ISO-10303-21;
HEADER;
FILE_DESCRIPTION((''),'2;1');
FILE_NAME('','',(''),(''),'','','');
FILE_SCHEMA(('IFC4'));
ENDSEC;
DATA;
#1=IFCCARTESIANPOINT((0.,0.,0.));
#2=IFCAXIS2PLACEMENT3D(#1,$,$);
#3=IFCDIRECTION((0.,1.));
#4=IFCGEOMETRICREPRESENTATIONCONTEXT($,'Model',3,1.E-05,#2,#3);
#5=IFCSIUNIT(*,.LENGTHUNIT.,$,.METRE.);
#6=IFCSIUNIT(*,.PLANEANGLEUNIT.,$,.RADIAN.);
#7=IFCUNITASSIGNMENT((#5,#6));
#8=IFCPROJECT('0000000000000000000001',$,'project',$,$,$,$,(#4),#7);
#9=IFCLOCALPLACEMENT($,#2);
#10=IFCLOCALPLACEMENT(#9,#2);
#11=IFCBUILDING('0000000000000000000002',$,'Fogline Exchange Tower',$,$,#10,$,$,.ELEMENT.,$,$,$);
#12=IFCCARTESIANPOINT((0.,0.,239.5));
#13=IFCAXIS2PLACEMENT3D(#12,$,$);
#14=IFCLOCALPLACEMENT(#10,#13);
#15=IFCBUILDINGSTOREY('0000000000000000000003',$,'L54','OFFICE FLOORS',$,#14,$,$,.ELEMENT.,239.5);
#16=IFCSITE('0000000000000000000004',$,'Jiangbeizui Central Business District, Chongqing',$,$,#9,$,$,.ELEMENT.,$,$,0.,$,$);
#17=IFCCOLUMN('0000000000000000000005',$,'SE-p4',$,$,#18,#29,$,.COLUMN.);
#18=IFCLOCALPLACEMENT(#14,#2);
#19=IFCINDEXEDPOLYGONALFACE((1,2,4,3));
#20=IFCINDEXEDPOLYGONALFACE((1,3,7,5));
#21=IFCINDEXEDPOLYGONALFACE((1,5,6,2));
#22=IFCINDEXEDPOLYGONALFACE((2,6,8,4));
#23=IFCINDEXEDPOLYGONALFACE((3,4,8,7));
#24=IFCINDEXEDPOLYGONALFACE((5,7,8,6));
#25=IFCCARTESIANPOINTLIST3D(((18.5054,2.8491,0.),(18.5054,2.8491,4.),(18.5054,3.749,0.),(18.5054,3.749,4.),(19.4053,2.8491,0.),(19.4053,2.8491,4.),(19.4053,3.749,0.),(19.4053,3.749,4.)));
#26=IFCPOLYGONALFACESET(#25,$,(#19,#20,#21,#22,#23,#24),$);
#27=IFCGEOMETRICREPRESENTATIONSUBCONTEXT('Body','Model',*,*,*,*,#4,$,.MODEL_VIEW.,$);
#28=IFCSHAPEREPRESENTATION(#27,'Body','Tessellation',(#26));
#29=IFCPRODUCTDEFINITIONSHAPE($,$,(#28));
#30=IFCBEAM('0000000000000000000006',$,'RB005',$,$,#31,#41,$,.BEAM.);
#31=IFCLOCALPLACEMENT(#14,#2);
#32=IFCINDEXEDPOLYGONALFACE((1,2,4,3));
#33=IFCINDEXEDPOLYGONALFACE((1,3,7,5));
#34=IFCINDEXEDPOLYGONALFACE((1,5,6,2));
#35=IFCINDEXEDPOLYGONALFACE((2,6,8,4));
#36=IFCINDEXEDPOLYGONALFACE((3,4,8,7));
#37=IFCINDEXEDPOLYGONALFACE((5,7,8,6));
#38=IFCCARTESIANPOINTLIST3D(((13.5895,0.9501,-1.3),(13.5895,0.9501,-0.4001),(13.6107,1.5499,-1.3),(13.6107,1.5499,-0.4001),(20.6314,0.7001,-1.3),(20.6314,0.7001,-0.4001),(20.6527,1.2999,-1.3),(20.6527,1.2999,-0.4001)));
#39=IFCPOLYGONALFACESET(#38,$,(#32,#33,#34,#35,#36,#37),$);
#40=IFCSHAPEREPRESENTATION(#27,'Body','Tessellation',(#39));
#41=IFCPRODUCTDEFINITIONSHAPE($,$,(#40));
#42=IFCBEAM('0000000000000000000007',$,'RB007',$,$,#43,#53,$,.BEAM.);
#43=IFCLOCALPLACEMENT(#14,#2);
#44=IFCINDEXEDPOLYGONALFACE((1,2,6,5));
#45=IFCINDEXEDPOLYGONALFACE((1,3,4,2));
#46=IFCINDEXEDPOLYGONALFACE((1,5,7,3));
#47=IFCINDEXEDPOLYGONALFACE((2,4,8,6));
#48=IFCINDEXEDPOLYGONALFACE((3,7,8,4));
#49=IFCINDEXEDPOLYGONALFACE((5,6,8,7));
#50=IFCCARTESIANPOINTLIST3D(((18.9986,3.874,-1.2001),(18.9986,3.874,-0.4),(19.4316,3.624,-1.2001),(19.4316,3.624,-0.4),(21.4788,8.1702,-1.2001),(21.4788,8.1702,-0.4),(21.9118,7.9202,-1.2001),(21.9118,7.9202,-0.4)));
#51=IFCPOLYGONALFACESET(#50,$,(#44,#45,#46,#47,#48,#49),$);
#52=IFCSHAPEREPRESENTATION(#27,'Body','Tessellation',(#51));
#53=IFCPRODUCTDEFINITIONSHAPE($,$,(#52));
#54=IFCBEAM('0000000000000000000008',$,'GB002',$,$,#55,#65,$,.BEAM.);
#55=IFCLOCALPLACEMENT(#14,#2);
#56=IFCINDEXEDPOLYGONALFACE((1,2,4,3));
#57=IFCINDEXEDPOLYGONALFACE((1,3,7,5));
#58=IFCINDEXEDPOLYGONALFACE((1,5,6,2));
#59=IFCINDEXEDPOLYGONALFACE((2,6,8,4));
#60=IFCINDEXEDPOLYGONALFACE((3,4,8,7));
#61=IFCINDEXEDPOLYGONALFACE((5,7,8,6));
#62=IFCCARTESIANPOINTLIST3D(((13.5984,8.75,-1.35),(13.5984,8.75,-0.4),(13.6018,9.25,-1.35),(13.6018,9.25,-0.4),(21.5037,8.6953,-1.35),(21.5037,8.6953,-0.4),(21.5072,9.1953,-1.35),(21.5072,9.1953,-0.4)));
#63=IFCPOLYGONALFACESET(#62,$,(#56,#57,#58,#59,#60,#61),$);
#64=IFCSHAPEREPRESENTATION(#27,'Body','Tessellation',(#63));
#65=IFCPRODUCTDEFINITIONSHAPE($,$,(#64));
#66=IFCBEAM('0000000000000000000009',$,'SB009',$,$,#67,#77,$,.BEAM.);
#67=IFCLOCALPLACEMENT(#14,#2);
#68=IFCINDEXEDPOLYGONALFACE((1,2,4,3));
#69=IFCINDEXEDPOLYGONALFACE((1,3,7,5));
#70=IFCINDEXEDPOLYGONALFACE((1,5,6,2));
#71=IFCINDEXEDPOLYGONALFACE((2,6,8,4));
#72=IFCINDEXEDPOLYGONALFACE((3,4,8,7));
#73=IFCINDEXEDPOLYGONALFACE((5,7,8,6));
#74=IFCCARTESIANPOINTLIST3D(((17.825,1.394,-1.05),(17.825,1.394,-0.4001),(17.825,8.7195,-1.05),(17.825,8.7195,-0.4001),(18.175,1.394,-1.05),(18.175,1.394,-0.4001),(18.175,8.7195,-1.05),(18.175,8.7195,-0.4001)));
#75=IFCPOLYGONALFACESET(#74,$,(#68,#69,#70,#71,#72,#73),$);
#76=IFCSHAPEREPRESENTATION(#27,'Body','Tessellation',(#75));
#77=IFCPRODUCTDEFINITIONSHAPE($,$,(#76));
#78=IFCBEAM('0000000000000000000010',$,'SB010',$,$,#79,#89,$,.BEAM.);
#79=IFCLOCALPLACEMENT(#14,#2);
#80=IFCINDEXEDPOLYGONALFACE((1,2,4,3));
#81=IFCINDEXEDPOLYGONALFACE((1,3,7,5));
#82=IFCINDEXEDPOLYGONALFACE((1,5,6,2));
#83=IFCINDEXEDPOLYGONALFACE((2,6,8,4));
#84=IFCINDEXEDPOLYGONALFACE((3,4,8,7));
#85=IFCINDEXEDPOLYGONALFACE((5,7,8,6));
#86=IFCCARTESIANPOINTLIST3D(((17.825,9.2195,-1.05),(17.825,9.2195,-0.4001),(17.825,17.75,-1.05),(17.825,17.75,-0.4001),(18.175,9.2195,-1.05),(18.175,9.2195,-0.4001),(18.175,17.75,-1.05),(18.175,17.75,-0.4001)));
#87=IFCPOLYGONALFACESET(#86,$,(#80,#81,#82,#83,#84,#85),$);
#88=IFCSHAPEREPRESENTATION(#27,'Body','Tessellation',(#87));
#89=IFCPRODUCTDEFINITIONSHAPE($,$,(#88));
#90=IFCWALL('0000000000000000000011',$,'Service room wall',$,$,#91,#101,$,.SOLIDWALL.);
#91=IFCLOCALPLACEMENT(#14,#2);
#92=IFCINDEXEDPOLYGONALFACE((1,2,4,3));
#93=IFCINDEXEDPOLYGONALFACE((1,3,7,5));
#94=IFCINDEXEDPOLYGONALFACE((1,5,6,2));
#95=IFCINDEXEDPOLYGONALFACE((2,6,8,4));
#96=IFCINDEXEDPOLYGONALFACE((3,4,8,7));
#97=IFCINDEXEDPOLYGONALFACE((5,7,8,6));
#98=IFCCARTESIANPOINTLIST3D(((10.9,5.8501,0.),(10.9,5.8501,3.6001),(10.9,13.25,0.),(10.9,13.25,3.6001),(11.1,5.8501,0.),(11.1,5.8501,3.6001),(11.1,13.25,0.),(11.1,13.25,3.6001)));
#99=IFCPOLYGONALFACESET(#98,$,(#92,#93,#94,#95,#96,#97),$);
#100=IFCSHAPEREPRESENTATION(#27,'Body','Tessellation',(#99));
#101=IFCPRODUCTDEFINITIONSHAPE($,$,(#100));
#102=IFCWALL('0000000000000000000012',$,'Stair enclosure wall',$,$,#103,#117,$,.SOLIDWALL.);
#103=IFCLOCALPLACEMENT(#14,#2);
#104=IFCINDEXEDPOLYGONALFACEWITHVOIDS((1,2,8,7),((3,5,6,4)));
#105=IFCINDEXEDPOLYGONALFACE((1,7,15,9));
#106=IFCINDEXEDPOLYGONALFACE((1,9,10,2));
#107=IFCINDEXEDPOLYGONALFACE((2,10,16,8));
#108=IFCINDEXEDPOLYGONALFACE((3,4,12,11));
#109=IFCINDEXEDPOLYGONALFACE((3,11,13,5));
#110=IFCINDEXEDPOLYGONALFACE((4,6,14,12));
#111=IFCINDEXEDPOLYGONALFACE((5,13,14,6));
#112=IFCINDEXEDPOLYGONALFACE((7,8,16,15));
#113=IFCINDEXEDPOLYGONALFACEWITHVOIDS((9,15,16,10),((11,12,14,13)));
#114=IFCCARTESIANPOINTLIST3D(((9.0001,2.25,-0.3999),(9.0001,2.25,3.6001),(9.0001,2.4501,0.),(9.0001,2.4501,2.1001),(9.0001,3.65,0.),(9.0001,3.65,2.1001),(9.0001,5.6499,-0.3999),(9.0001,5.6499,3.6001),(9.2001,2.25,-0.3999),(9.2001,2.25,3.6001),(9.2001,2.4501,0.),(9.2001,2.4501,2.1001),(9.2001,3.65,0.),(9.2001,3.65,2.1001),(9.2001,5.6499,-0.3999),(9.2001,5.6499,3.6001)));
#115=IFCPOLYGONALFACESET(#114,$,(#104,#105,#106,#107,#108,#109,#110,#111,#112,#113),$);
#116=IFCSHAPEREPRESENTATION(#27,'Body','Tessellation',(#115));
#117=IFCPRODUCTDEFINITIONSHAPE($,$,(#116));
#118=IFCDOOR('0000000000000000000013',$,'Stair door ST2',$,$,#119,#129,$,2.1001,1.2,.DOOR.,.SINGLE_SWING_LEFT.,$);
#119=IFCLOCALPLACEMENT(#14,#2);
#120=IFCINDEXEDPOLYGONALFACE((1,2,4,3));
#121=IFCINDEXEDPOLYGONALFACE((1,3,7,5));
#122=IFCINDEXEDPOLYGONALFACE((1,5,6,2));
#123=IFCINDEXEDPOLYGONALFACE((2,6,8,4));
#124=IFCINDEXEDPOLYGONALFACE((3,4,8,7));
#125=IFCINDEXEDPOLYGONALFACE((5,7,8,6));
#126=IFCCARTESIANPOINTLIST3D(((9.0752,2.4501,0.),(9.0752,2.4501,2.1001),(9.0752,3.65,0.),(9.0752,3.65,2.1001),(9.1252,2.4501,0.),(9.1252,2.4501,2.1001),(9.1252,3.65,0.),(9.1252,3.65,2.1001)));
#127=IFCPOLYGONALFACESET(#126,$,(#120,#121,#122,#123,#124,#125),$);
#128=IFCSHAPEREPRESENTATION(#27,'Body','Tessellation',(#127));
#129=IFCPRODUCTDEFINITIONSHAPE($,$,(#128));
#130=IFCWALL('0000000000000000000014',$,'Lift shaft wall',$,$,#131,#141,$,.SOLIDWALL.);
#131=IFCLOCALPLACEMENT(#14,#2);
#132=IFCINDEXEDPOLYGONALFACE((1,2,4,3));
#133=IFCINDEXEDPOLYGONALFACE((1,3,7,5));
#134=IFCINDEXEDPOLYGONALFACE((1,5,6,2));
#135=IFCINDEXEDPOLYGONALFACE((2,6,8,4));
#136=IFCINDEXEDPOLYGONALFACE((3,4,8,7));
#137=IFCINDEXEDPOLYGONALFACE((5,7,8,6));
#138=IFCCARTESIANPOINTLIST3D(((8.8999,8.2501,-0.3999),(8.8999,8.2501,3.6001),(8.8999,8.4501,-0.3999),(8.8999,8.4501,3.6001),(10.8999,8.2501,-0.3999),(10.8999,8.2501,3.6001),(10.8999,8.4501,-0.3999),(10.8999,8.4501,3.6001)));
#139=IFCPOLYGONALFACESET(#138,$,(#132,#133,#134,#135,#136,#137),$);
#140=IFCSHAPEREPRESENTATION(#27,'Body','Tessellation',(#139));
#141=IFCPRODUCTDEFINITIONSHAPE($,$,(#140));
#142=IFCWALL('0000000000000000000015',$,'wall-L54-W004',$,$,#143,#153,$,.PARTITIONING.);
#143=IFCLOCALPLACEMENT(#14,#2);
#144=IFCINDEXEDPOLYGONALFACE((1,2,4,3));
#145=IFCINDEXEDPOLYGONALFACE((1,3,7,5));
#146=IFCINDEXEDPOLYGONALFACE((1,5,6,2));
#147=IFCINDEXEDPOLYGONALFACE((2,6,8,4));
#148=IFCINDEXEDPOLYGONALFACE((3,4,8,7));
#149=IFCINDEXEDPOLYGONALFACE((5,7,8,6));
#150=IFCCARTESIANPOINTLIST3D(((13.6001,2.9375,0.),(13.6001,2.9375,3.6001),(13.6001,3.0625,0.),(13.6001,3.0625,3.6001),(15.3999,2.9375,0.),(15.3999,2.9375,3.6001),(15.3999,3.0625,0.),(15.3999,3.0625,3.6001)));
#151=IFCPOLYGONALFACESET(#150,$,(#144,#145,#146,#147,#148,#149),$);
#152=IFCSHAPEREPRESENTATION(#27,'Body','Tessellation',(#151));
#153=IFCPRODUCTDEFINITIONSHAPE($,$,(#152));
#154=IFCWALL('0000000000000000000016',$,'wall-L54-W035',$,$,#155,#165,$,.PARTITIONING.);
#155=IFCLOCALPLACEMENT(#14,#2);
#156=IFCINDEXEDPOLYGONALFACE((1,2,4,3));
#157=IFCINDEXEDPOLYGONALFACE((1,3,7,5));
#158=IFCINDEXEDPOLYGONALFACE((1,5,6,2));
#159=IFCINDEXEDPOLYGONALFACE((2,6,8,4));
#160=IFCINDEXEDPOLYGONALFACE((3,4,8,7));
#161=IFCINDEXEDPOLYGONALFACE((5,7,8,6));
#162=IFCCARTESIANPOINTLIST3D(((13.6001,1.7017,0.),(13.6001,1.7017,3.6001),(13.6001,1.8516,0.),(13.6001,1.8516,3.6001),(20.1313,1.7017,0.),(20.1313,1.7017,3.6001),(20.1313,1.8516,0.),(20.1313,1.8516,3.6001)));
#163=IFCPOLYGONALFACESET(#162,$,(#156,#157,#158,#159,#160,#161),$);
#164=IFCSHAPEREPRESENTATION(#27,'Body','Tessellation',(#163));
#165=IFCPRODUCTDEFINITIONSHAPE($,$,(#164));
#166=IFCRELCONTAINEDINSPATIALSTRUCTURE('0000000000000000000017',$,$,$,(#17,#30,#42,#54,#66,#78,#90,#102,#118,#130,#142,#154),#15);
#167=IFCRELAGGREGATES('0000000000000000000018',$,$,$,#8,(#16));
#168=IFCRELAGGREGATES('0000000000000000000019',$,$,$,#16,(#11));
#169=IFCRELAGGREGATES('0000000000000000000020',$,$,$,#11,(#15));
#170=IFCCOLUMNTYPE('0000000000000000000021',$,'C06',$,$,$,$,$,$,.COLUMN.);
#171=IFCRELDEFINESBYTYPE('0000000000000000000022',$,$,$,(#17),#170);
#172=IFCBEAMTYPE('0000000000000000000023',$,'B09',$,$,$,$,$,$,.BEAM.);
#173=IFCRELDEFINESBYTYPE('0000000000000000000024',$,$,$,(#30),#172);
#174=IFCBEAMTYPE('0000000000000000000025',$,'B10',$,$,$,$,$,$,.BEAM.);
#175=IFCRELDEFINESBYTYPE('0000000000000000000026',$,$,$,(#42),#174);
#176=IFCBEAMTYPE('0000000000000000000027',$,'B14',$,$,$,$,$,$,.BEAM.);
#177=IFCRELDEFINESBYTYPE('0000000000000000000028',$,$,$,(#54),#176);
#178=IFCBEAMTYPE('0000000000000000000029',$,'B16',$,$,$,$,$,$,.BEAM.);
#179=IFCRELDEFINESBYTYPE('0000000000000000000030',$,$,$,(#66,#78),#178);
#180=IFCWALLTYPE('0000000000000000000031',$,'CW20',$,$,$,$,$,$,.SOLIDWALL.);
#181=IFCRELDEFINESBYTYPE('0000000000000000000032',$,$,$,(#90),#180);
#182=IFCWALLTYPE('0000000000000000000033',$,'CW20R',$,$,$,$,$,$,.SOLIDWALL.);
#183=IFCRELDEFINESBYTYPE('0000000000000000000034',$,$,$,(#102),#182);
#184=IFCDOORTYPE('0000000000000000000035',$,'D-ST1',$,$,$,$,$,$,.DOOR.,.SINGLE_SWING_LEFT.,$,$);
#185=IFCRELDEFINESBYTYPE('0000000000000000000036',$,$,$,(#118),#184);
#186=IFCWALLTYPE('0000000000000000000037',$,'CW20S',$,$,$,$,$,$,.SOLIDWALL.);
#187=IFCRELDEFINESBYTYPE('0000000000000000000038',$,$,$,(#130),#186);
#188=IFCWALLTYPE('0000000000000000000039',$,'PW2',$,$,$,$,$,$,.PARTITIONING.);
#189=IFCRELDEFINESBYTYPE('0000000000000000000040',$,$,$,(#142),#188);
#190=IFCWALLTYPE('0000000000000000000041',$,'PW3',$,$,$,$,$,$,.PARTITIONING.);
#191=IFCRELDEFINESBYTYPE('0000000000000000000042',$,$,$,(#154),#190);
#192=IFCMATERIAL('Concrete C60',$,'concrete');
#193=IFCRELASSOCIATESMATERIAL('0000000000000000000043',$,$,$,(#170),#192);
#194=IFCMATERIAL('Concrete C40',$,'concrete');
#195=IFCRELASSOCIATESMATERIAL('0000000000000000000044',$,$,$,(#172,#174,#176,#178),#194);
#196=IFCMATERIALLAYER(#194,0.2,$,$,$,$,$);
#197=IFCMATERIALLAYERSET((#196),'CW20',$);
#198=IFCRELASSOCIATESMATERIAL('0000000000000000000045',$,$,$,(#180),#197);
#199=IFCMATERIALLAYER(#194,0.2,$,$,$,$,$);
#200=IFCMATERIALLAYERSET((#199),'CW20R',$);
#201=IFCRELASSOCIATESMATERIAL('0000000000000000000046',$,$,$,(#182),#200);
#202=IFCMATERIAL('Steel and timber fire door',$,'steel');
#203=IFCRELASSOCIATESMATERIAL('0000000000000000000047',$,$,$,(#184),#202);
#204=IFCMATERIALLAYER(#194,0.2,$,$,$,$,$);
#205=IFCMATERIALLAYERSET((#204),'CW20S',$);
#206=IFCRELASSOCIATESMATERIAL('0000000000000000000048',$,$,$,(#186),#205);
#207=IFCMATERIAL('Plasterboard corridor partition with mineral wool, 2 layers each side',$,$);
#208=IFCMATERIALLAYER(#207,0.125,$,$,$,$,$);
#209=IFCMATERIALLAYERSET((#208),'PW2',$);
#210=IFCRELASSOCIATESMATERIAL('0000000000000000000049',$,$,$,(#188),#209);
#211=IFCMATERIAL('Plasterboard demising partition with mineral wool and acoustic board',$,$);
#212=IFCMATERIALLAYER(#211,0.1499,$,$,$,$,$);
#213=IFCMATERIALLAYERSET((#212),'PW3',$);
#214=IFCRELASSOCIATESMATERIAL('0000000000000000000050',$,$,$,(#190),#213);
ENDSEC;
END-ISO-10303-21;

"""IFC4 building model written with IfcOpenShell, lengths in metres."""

from ifc_helpers import new_model, si_unit, direction, frame, frame_2d, origin, origin_2d, place, context, subcontext, project, spatial, rectangle, extrude, material, layer, layer_set, material_profile, profile_set, type_object, element, fill, save


model = new_model("IFC4")

# Units and contexts
model_context = context("Model", 3, precision=1e-05, world=origin(), true_north=direction((0.0, 1.0)))
body_context = subcontext(model_context, "Body", "Model", "MODEL_VIEW")
ifc_project = project(units=[si_unit("LENGTHUNIT", "METRE"), si_unit("PLANEANGLEUNIT", "RADIAN")], contexts=[model_context])

# Site, building, storey
site_placement = place(None, origin())
site = spatial("IfcSite", under=ifc_project, at=site_placement, Name="Jiangbeizui Central Business District, Chongqing", CompositionType="ELEMENT", RefElevation=0.0)
building_placement = place(site_placement, origin())
building = spatial("IfcBuilding", under=site, at=building_placement, Name="Fogline Exchange Tower", CompositionType="ELEMENT")
storey_placement = place(building_placement, frame((0.0, 0.0, 239.5)))
storey = spatial("IfcBuildingStorey", under=building, at=storey_placement, Name="L54", Description="OFFICE FLOORS", CompositionType="ELEMENT", Elevation=239.5)

# Column
ifc_material_1 = material(Name="Concrete C60", Category="concrete")
ifc_material_profile_1 = material_profile(ifc_material_1, rectangle(XDim=0.8999, YDim=0.8999, at=origin_2d()), Name="RC 900x900")
ifc_profile_set_1 = profile_set([ifc_material_profile_1], Name="Concrete C60")
column_type = type_object("IfcColumnType", Name="C06", PredefinedType="COLUMN", material=ifc_profile_set_1)
column_placement = place(storey_placement, frame((18.9553, 3.2991, 0.0), z_axis=(0.0, 0.0, 1.0), x_axis=(1.0, 0.0, 0.0)))
element("IfcColumn", 1, at=column_placement, inside=storey, type_object=column_type, Name="SE-p4", PredefinedType="COLUMN", context=body_context, shape_type="SweptSolid", body=[
    extrude(rectangle(XDim=0.8999, YDim=0.8999, at=origin_2d()), origin(), (0.0, 0.0, 1.0), 4.0),
])

# Beams
ifc_material_2 = material(Name="Concrete C40", Category="concrete")
ifc_material_profile_2 = material_profile(ifc_material_2, rectangle(XDim=0.6001, YDim=0.8999, at=origin_2d()), Name="RC 600x900")
ifc_profile_set_2 = profile_set([ifc_material_profile_2], Name="Concrete C40")
beam_type_1 = type_object("IfcBeamType", Name="B09", PredefinedType="BEAM", material=ifc_profile_set_2)
beam_1_placement = place(storey_placement, frame((13.6001, 1.25, -0.8501), z_axis=(0.99937, -0.035479, 0.0), x_axis=(0.035479, 0.99937, 0.0)))
element("IfcBeam", 2, at=beam_1_placement, inside=storey, type_object=beam_type_1, Name="RB005", PredefinedType="BEAM", context=body_context, shape_type="SweptSolid", body=[
    extrude(rectangle(XDim=0.6001, YDim=0.8999, at=origin_2d()), origin(), (0.0, 0.0, 1.0), 7.0464),
])
ifc_material_profile_3 = material_profile(ifc_material_2, rectangle(XDim=0.5, YDim=0.8, at=origin_2d()), Name="RC 500x800")
ifc_profile_set_3 = profile_set([ifc_material_profile_3], Name="Concrete C40")
beam_type_2 = type_object("IfcBeamType", Name="B10", PredefinedType="BEAM", material=ifc_profile_set_3)
beam_2_placement = place(storey_placement, frame((19.2151, 3.749, -0.8), z_axis=(0.499977, 0.866039, 0.0), x_axis=(-0.866039, 0.499977, 0.0)))
element("IfcBeam", 3, at=beam_2_placement, inside=storey, type_object=beam_type_2, Name="RB007", PredefinedType="BEAM", context=body_context, shape_type="SweptSolid", body=[
    extrude(rectangle(XDim=0.5, YDim=0.8, at=origin_2d()), origin(), (0.0, 0.0, 1.0), 4.9607),
])
ifc_material_profile_4 = material_profile(ifc_material_2, rectangle(XDim=0.5, YDim=0.95, at=origin_2d()), Name="RC 500x950")
ifc_profile_set_4 = profile_set([ifc_material_profile_4], Name="Concrete C40")
beam_type_3 = type_object("IfcBeamType", Name="B14", PredefinedType="BEAM", material=ifc_profile_set_4)
beam_3_placement = place(storey_placement, frame((13.6001, 9.0, -0.875), z_axis=(0.999976, -0.006918, 0.0), x_axis=(0.006918, 0.999976, 0.0)))
element("IfcBeam", 4, at=beam_3_placement, inside=storey, type_object=beam_type_3, Name="GB002", PredefinedType="BEAM", context=body_context, shape_type="SweptSolid", body=[
    extrude(rectangle(XDim=0.5, YDim=0.95, at=origin_2d()), origin(), (0.0, 0.0, 1.0), 7.9055),
])
ifc_material_profile_5 = material_profile(ifc_material_2, rectangle(XDim=0.3501, YDim=0.6499, at=origin_2d()), Name="RC 350x650")
ifc_profile_set_5 = profile_set([ifc_material_profile_5], Name="Concrete C40")
beam_type_4 = type_object("IfcBeamType", Name="B16", PredefinedType="BEAM", material=ifc_profile_set_5)
beam_4_placement = place(storey_placement, frame((18.0, 1.394, -0.7251), z_axis=(0.0, 1.0, 0.0), x_axis=(-1.0, 0.0, 0.0)))
element("IfcBeam", 5, at=beam_4_placement, inside=storey, type_object=beam_type_4, Name="SB009", PredefinedType="BEAM", context=body_context, shape_type="SweptSolid", body=[
    extrude(rectangle(XDim=0.3501, YDim=0.6499, at=origin_2d()), origin(), (0.0, 0.0, 1.0), 7.3254),
])
beam_5_placement = place(storey_placement, frame((18.0, 9.2195, -0.7251), z_axis=(0.0, 1.0, 0.0), x_axis=(-1.0, 0.0, 0.0)))
element("IfcBeam", 6, at=beam_5_placement, inside=storey, type_object=beam_type_4, Name="SB010", PredefinedType="BEAM", context=body_context, shape_type="SweptSolid", body=[
    extrude(rectangle(XDim=0.3501, YDim=0.6499, at=origin_2d()), origin(), (0.0, 0.0, 1.0), 8.5305),
])

# Wall
ifc_layer_1 = layer(ifc_material_2, 0.2)
ifc_layer_set_1 = layer_set([ifc_layer_1], Name="CW20")
wall_type_1 = type_object("IfcWallType", Name="CW20", PredefinedType="SOLIDWALL", material=ifc_layer_set_1)
wall_1_placement = place(storey_placement, frame((11.0, 5.8501, 0.0), z_axis=(0.0, 0.0, 1.0), x_axis=(0.0, 1.0, 0.0)))
element("IfcWall", 7, at=wall_1_placement, inside=storey, type_object=wall_type_1, Name="Service room wall", PredefinedType="SOLIDWALL", context=body_context, shape_type="SweptSolid", body=[
    extrude(rectangle(XDim=7.3999, YDim=0.2, at=frame_2d((3.7, 0.0))), origin(), (0.0, 0.0, 1.0), 3.6001),
])

# Wall, opening, door
ifc_layer_2 = layer(ifc_material_2, 0.2)
ifc_layer_set_2 = layer_set([ifc_layer_2], Name="CW20R")
wall_type_2 = type_object("IfcWallType", Name="CW20R", PredefinedType="SOLIDWALL", material=ifc_layer_set_2)
wall_2_placement = place(storey_placement, frame((9.1001, 2.25, -0.3999), z_axis=(0.0, 0.0, 1.0), x_axis=(0.0, 1.0, 0.0)))
wall_2 = element("IfcWall", 8, at=wall_2_placement, inside=storey, type_object=wall_type_2, Name="Stair enclosure wall", PredefinedType="SOLIDWALL", context=body_context, shape_type="SweptSolid", body=[
    extrude(rectangle(XDim=3.3999, YDim=0.2, at=frame_2d((1.7, 0.0))), origin(), (0.0, 0.0, 1.0), 4.0),
])
opening_1_placement = place(wall_2_placement, frame((0.2, 0.0, 0.3999)))
opening_1 = element("IfcOpeningElement", 9, at=opening_1_placement, cuts=wall_2, PredefinedType="OPENING", context=body_context, shape_type="SweptSolid", body=[
    extrude(rectangle(XDim=1.2, YDim=2.1001, at=frame_2d((0.6001, 1.05))), frame((0.0, 0.1099, 0.0), z_axis=(0.0, -1.0, 0.0), x_axis=(1.0, 0.0, 0.0)), (0.0, 0.0, 1.0), 0.22),
])
ifc_material_3 = material(Name="Steel and timber fire door", Category="steel")
door_type_1 = type_object("IfcDoorType", Name="D-ST1", OperationType="SINGLE_SWING_LEFT", PredefinedType="DOOR", material=ifc_material_3)
door_1_placement = place(opening_1_placement, origin())
door_1 = element("IfcDoor", 10, at=door_1_placement, inside=storey, type_object=door_type_1, Name="Stair door ST2", OperationType="SINGLE_SWING_LEFT", OverallHeight=2.1001, OverallWidth=1.2, PredefinedType="DOOR", context=body_context, shape_type="SweptSolid", body=[
    extrude(rectangle(XDim=1.2, YDim=2.1001, at=frame_2d((0.6001, 1.05))), frame((0.0, 0.0249, 0.0), z_axis=(0.0, -1.0, 0.0), x_axis=(1.0, 0.0, 0.0)), (0.0, 0.0, 1.0), 0.05),
])
fill(opening_1, door_1)

# Walls
ifc_layer_3 = layer(ifc_material_2, 0.2)
ifc_layer_set_3 = layer_set([ifc_layer_3], Name="CW20S")
wall_type_3 = type_object("IfcWallType", Name="CW20S", PredefinedType="SOLIDWALL", material=ifc_layer_set_3)
wall_3_placement = place(storey_placement, frame((8.8999, 8.3501, -0.3999), z_axis=(0.0, 0.0, 1.0), x_axis=(1.0, 0.0, 0.0)))
element("IfcWall", 11, at=wall_3_placement, inside=storey, type_object=wall_type_3, Name="Lift shaft wall", PredefinedType="SOLIDWALL", context=body_context, shape_type="SweptSolid", body=[
    extrude(rectangle(XDim=2.0, YDim=0.2, at=frame_2d((1.0, 0.0))), origin(), (0.0, 0.0, 1.0), 4.0),
])
ifc_material_4 = material(Name="Plasterboard corridor partition with mineral wool, 2 layers each side")
ifc_layer_4 = layer(ifc_material_4, 0.125)
ifc_layer_set_4 = layer_set([ifc_layer_4], Name="PW2")
wall_type_4 = type_object("IfcWallType", Name="PW2", PredefinedType="PARTITIONING", material=ifc_layer_set_4)
wall_4_placement = place(storey_placement, frame((15.3999, 3.0, 0.0), z_axis=(0.0, 0.0, 1.0), x_axis=(-1.0, 0.0, 0.0)))
element("IfcWall", 12, at=wall_4_placement, inside=storey, type_object=wall_type_4, Name="wall-L54-W004", PredefinedType="PARTITIONING", context=body_context, shape_type="SweptSolid", body=[
    extrude(rectangle(XDim=1.7998, YDim=0.125, at=frame_2d((0.8999, 0.0))), origin(), (0.0, 0.0, 1.0), 3.6001),
])
ifc_material_5 = material(Name="Plasterboard demising partition with mineral wool and acoustic board")
ifc_layer_5 = layer(ifc_material_5, 0.1499)
ifc_layer_set_5 = layer_set([ifc_layer_5], Name="PW3")
wall_type_5 = type_object("IfcWallType", Name="PW3", PredefinedType="PARTITIONING", material=ifc_layer_set_5)
wall_5_placement = place(storey_placement, frame((13.6001, 1.7766, 0.0), z_axis=(0.0, 0.0, 1.0), x_axis=(1.0, 0.0, 0.0)))
element("IfcWall", 13, at=wall_5_placement, inside=storey, type_object=wall_type_5, Name="wall-L54-W035", PredefinedType="PARTITIONING", context=body_context, shape_type="SweptSolid", body=[
    extrude(rectangle(XDim=6.5312, YDim=0.1499, at=frame_2d((3.2656, 0.0))), origin(), (0.0, 0.0, 1.0), 3.6001),
])

save(model, "model.ifc")
